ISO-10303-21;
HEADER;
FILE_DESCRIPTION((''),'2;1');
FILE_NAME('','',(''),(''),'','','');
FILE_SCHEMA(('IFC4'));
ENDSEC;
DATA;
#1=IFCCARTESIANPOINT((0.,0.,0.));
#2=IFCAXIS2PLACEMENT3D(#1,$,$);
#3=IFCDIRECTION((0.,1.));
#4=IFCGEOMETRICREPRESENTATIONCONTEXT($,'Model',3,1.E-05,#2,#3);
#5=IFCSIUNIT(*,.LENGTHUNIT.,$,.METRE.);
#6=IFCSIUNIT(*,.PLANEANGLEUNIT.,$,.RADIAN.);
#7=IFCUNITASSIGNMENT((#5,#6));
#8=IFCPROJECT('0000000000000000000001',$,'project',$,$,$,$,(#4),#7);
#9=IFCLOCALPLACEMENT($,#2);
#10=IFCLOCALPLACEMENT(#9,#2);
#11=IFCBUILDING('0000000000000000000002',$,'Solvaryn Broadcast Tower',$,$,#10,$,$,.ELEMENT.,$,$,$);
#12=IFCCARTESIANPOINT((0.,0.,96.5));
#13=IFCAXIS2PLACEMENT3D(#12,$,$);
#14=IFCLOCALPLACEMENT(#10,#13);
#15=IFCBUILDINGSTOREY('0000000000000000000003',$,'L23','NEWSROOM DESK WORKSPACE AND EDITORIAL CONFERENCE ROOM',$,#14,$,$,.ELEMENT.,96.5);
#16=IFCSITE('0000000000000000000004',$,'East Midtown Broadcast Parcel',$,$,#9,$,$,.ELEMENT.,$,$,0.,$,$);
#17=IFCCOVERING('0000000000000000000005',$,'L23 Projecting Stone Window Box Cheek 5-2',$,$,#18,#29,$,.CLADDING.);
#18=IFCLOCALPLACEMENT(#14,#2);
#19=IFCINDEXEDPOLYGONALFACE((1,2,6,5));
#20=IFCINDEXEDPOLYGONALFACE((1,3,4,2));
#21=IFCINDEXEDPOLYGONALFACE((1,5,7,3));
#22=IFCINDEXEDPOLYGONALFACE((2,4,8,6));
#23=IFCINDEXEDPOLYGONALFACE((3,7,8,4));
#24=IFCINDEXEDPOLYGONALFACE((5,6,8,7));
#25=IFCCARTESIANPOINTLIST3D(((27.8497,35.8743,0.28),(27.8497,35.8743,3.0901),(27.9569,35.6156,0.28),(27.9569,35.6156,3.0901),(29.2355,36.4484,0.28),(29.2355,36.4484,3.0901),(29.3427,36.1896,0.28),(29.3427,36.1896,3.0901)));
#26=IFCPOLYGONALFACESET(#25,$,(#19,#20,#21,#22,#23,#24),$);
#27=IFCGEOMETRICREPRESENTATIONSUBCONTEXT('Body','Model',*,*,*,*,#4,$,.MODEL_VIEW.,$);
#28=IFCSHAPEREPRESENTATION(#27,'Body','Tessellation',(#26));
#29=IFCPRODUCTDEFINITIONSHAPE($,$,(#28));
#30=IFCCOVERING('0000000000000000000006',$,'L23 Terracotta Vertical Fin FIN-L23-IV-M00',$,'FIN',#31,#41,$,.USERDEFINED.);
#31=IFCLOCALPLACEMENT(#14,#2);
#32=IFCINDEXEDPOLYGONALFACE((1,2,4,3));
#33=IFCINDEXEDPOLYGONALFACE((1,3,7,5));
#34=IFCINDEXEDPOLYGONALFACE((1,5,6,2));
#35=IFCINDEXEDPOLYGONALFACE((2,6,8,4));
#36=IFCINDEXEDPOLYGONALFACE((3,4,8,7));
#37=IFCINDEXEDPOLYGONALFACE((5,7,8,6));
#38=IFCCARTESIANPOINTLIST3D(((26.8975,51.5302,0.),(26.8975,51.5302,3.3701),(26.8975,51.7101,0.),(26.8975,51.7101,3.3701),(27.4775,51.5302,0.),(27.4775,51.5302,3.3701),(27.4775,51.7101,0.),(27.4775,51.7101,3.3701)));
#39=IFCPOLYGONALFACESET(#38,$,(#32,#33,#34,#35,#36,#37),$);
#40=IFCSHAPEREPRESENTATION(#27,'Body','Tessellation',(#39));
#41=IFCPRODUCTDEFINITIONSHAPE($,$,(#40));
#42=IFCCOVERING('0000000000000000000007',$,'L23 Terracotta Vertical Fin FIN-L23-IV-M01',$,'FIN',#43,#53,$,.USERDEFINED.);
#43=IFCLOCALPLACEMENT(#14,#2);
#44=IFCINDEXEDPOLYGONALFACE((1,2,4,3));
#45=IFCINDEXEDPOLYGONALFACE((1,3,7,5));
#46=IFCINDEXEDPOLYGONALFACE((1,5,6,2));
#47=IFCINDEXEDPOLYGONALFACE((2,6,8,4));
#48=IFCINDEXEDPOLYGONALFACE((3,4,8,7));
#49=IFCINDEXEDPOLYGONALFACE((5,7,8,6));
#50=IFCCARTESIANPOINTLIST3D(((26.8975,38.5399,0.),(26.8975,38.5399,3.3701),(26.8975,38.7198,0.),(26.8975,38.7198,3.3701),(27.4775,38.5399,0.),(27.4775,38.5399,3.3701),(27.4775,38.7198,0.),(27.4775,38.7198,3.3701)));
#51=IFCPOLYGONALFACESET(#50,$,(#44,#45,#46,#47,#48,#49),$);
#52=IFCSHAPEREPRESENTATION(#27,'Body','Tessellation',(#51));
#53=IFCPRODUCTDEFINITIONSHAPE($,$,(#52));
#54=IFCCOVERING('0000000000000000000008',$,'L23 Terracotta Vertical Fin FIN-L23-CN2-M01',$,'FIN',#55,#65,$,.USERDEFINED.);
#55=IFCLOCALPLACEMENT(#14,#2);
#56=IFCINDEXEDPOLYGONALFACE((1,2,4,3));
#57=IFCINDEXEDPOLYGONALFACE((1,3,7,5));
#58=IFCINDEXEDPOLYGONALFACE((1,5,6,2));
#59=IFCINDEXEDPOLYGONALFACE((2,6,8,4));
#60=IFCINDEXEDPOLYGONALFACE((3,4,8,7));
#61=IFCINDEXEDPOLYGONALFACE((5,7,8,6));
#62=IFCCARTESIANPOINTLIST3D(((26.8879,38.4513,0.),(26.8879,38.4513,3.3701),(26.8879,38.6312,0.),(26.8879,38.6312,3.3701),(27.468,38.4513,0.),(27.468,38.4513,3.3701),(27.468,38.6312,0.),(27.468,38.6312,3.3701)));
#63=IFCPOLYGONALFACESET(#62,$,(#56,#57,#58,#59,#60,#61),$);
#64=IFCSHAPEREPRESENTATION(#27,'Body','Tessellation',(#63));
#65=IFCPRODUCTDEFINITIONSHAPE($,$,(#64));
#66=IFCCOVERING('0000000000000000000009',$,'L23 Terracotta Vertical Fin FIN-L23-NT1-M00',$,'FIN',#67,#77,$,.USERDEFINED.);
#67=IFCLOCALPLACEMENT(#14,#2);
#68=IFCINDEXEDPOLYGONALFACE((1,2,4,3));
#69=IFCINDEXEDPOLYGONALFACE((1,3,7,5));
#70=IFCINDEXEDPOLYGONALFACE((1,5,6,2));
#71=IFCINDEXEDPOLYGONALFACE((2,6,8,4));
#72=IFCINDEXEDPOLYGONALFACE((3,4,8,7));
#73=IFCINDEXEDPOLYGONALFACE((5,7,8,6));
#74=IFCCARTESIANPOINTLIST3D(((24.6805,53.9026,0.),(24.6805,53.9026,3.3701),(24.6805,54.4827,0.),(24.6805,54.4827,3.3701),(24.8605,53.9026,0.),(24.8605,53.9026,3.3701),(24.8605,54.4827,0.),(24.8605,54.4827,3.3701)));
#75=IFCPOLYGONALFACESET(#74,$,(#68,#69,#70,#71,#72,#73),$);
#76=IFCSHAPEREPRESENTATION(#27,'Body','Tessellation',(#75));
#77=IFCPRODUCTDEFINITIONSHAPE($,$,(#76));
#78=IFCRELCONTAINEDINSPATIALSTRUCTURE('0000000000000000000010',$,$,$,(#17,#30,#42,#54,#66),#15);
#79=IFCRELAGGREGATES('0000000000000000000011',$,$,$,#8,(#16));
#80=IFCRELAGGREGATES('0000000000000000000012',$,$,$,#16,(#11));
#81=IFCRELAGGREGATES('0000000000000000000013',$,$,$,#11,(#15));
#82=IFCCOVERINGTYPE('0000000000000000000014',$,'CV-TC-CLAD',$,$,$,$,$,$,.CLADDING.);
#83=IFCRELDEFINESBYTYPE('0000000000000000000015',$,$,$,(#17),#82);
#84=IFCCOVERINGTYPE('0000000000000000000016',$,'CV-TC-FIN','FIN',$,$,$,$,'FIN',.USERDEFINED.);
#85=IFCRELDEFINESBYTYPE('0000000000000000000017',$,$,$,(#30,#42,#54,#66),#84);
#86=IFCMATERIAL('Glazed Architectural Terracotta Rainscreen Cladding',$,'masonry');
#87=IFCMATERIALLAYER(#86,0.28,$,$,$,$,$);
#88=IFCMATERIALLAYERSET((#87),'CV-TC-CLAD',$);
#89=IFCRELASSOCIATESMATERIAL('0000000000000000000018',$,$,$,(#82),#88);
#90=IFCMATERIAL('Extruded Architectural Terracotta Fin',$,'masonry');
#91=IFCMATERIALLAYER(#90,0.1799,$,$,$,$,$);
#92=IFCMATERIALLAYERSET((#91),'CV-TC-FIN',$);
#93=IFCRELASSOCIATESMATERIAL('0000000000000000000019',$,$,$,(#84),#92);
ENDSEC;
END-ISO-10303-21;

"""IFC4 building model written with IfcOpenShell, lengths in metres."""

from ifc_helpers import new_model, si_unit, direction, frame, origin, origin_2d, place, context, subcontext, project, spatial, rectangle, extrude, material, layer, layer_set, type_object, element, save


model = new_model("IFC4")

# Units and contexts
model_context = context("Model", 3, precision=1e-05, world=origin(), true_north=direction((0.0, 1.0)))
body_context = subcontext(model_context, "Body", "Model", "MODEL_VIEW")
ifc_project = project(units=[si_unit("LENGTHUNIT", "METRE"), si_unit("PLANEANGLEUNIT", "RADIAN")], contexts=[model_context])

# Site, building, storey
site_placement = place(None, origin())
site = spatial("IfcSite", under=ifc_project, at=site_placement, Name="East Midtown Broadcast Parcel", CompositionType="ELEMENT", RefElevation=0.0)
building_placement = place(site_placement, origin())
building = spatial("IfcBuilding", under=site, at=building_placement, Name="Solvaryn Broadcast Tower", CompositionType="ELEMENT")
storey_placement = place(building_placement, frame((0.0, 0.0, 96.5)))
storey = spatial("IfcBuildingStorey", under=building, at=storey_placement, Name="L23", Description="NEWSROOM DESK WORKSPACE AND EDITORIAL CONFERENCE ROOM", CompositionType="ELEMENT", Elevation=96.5)

# Coverings
ifc_material_1 = material(Name="Glazed Architectural Terracotta Rainscreen Cladding", Category="masonry")
ifc_layer_1 = layer(ifc_material_1, 0.28)
ifc_layer_set_1 = layer_set([ifc_layer_1], Name="CV-TC-CLAD")
covering_type_1 = type_object("IfcCoveringType", Name="CV-TC-CLAD", PredefinedType="CLADDING", material=ifc_layer_set_1)
covering_1_placement = place(storey_placement, frame((28.5962, 36.032, 0.28), z_axis=(0.0, 0.0, 1.0), x_axis=(-0.382683, 0.92388, 0.0)))
element("IfcCovering", 1, at=covering_1_placement, inside=storey, type_object=covering_type_1, Name="L23 Projecting Stone Window Box Cheek 5-2", PredefinedType="CLADDING", context=body_context, shape_type="SweptSolid", body=[
    extrude(rectangle(XDim=0.28, YDim=1.5, at=origin_2d()), origin(), (0.0, 0.0, 1.0), 2.8101),
])
ifc_material_2 = material(Name="Extruded Architectural Terracotta Fin", Category="masonry")
ifc_layer_2 = layer(ifc_material_2, 0.1799)
ifc_layer_set_2 = layer_set([ifc_layer_2], Name="CV-TC-FIN")
covering_type_2 = type_object("IfcCoveringType", Name="CV-TC-FIN", Description="FIN", ElementType="FIN", PredefinedType="USERDEFINED", material=ifc_layer_set_2)
for number, where, z_axis, x_axis, name in (
    (2, (27.1875, 51.6201, 0.0), (0.0, 0.0, 1.0), (1.0, 0.0, 0.0), "L23 Terracotta Vertical Fin FIN-L23-IV-M00"),
    (3, (27.1875, 38.6299, 0.0), (0.0, 0.0, 1.0), (1.0, 0.0, 0.0), "L23 Terracotta Vertical Fin FIN-L23-IV-M01"),
    (4, (27.178, 38.5413, 0.0), (0.0, 0.0, 1.0), (1.0, 0.0, 0.0), "L23 Terracotta Vertical Fin FIN-L23-CN2-M01"),
):
    element("IfcCovering", number, at=place(storey_placement, frame(where, z_axis=z_axis, x_axis=x_axis)), inside=storey, type_object=covering_type_2, Name=name, ObjectType="FIN", PredefinedType="USERDEFINED", context=body_context, shape_type="SweptSolid", body=[
        extrude(rectangle(XDim=0.5801, YDim=0.1799, at=origin_2d()), origin(), (0.0, 0.0, 1.0), 3.3701),
    ])
covering_2_placement = place(storey_placement, frame((24.7705, 54.1926, 0.0), z_axis=(0.0, 0.0, 1.0), x_axis=(1.0, 0.0, 0.0)))
element("IfcCovering", 5, at=covering_2_placement, inside=storey, type_object=covering_type_2, Name="L23 Terracotta Vertical Fin FIN-L23-NT1-M00", ObjectType="FIN", PredefinedType="USERDEFINED", context=body_context, shape_type="SweptSolid", body=[
    extrude(rectangle(XDim=0.1799, YDim=0.5801, at=origin_2d()), origin(), (0.0, 0.0, 1.0), 3.3701),
])

save(model, "model.ifc")
